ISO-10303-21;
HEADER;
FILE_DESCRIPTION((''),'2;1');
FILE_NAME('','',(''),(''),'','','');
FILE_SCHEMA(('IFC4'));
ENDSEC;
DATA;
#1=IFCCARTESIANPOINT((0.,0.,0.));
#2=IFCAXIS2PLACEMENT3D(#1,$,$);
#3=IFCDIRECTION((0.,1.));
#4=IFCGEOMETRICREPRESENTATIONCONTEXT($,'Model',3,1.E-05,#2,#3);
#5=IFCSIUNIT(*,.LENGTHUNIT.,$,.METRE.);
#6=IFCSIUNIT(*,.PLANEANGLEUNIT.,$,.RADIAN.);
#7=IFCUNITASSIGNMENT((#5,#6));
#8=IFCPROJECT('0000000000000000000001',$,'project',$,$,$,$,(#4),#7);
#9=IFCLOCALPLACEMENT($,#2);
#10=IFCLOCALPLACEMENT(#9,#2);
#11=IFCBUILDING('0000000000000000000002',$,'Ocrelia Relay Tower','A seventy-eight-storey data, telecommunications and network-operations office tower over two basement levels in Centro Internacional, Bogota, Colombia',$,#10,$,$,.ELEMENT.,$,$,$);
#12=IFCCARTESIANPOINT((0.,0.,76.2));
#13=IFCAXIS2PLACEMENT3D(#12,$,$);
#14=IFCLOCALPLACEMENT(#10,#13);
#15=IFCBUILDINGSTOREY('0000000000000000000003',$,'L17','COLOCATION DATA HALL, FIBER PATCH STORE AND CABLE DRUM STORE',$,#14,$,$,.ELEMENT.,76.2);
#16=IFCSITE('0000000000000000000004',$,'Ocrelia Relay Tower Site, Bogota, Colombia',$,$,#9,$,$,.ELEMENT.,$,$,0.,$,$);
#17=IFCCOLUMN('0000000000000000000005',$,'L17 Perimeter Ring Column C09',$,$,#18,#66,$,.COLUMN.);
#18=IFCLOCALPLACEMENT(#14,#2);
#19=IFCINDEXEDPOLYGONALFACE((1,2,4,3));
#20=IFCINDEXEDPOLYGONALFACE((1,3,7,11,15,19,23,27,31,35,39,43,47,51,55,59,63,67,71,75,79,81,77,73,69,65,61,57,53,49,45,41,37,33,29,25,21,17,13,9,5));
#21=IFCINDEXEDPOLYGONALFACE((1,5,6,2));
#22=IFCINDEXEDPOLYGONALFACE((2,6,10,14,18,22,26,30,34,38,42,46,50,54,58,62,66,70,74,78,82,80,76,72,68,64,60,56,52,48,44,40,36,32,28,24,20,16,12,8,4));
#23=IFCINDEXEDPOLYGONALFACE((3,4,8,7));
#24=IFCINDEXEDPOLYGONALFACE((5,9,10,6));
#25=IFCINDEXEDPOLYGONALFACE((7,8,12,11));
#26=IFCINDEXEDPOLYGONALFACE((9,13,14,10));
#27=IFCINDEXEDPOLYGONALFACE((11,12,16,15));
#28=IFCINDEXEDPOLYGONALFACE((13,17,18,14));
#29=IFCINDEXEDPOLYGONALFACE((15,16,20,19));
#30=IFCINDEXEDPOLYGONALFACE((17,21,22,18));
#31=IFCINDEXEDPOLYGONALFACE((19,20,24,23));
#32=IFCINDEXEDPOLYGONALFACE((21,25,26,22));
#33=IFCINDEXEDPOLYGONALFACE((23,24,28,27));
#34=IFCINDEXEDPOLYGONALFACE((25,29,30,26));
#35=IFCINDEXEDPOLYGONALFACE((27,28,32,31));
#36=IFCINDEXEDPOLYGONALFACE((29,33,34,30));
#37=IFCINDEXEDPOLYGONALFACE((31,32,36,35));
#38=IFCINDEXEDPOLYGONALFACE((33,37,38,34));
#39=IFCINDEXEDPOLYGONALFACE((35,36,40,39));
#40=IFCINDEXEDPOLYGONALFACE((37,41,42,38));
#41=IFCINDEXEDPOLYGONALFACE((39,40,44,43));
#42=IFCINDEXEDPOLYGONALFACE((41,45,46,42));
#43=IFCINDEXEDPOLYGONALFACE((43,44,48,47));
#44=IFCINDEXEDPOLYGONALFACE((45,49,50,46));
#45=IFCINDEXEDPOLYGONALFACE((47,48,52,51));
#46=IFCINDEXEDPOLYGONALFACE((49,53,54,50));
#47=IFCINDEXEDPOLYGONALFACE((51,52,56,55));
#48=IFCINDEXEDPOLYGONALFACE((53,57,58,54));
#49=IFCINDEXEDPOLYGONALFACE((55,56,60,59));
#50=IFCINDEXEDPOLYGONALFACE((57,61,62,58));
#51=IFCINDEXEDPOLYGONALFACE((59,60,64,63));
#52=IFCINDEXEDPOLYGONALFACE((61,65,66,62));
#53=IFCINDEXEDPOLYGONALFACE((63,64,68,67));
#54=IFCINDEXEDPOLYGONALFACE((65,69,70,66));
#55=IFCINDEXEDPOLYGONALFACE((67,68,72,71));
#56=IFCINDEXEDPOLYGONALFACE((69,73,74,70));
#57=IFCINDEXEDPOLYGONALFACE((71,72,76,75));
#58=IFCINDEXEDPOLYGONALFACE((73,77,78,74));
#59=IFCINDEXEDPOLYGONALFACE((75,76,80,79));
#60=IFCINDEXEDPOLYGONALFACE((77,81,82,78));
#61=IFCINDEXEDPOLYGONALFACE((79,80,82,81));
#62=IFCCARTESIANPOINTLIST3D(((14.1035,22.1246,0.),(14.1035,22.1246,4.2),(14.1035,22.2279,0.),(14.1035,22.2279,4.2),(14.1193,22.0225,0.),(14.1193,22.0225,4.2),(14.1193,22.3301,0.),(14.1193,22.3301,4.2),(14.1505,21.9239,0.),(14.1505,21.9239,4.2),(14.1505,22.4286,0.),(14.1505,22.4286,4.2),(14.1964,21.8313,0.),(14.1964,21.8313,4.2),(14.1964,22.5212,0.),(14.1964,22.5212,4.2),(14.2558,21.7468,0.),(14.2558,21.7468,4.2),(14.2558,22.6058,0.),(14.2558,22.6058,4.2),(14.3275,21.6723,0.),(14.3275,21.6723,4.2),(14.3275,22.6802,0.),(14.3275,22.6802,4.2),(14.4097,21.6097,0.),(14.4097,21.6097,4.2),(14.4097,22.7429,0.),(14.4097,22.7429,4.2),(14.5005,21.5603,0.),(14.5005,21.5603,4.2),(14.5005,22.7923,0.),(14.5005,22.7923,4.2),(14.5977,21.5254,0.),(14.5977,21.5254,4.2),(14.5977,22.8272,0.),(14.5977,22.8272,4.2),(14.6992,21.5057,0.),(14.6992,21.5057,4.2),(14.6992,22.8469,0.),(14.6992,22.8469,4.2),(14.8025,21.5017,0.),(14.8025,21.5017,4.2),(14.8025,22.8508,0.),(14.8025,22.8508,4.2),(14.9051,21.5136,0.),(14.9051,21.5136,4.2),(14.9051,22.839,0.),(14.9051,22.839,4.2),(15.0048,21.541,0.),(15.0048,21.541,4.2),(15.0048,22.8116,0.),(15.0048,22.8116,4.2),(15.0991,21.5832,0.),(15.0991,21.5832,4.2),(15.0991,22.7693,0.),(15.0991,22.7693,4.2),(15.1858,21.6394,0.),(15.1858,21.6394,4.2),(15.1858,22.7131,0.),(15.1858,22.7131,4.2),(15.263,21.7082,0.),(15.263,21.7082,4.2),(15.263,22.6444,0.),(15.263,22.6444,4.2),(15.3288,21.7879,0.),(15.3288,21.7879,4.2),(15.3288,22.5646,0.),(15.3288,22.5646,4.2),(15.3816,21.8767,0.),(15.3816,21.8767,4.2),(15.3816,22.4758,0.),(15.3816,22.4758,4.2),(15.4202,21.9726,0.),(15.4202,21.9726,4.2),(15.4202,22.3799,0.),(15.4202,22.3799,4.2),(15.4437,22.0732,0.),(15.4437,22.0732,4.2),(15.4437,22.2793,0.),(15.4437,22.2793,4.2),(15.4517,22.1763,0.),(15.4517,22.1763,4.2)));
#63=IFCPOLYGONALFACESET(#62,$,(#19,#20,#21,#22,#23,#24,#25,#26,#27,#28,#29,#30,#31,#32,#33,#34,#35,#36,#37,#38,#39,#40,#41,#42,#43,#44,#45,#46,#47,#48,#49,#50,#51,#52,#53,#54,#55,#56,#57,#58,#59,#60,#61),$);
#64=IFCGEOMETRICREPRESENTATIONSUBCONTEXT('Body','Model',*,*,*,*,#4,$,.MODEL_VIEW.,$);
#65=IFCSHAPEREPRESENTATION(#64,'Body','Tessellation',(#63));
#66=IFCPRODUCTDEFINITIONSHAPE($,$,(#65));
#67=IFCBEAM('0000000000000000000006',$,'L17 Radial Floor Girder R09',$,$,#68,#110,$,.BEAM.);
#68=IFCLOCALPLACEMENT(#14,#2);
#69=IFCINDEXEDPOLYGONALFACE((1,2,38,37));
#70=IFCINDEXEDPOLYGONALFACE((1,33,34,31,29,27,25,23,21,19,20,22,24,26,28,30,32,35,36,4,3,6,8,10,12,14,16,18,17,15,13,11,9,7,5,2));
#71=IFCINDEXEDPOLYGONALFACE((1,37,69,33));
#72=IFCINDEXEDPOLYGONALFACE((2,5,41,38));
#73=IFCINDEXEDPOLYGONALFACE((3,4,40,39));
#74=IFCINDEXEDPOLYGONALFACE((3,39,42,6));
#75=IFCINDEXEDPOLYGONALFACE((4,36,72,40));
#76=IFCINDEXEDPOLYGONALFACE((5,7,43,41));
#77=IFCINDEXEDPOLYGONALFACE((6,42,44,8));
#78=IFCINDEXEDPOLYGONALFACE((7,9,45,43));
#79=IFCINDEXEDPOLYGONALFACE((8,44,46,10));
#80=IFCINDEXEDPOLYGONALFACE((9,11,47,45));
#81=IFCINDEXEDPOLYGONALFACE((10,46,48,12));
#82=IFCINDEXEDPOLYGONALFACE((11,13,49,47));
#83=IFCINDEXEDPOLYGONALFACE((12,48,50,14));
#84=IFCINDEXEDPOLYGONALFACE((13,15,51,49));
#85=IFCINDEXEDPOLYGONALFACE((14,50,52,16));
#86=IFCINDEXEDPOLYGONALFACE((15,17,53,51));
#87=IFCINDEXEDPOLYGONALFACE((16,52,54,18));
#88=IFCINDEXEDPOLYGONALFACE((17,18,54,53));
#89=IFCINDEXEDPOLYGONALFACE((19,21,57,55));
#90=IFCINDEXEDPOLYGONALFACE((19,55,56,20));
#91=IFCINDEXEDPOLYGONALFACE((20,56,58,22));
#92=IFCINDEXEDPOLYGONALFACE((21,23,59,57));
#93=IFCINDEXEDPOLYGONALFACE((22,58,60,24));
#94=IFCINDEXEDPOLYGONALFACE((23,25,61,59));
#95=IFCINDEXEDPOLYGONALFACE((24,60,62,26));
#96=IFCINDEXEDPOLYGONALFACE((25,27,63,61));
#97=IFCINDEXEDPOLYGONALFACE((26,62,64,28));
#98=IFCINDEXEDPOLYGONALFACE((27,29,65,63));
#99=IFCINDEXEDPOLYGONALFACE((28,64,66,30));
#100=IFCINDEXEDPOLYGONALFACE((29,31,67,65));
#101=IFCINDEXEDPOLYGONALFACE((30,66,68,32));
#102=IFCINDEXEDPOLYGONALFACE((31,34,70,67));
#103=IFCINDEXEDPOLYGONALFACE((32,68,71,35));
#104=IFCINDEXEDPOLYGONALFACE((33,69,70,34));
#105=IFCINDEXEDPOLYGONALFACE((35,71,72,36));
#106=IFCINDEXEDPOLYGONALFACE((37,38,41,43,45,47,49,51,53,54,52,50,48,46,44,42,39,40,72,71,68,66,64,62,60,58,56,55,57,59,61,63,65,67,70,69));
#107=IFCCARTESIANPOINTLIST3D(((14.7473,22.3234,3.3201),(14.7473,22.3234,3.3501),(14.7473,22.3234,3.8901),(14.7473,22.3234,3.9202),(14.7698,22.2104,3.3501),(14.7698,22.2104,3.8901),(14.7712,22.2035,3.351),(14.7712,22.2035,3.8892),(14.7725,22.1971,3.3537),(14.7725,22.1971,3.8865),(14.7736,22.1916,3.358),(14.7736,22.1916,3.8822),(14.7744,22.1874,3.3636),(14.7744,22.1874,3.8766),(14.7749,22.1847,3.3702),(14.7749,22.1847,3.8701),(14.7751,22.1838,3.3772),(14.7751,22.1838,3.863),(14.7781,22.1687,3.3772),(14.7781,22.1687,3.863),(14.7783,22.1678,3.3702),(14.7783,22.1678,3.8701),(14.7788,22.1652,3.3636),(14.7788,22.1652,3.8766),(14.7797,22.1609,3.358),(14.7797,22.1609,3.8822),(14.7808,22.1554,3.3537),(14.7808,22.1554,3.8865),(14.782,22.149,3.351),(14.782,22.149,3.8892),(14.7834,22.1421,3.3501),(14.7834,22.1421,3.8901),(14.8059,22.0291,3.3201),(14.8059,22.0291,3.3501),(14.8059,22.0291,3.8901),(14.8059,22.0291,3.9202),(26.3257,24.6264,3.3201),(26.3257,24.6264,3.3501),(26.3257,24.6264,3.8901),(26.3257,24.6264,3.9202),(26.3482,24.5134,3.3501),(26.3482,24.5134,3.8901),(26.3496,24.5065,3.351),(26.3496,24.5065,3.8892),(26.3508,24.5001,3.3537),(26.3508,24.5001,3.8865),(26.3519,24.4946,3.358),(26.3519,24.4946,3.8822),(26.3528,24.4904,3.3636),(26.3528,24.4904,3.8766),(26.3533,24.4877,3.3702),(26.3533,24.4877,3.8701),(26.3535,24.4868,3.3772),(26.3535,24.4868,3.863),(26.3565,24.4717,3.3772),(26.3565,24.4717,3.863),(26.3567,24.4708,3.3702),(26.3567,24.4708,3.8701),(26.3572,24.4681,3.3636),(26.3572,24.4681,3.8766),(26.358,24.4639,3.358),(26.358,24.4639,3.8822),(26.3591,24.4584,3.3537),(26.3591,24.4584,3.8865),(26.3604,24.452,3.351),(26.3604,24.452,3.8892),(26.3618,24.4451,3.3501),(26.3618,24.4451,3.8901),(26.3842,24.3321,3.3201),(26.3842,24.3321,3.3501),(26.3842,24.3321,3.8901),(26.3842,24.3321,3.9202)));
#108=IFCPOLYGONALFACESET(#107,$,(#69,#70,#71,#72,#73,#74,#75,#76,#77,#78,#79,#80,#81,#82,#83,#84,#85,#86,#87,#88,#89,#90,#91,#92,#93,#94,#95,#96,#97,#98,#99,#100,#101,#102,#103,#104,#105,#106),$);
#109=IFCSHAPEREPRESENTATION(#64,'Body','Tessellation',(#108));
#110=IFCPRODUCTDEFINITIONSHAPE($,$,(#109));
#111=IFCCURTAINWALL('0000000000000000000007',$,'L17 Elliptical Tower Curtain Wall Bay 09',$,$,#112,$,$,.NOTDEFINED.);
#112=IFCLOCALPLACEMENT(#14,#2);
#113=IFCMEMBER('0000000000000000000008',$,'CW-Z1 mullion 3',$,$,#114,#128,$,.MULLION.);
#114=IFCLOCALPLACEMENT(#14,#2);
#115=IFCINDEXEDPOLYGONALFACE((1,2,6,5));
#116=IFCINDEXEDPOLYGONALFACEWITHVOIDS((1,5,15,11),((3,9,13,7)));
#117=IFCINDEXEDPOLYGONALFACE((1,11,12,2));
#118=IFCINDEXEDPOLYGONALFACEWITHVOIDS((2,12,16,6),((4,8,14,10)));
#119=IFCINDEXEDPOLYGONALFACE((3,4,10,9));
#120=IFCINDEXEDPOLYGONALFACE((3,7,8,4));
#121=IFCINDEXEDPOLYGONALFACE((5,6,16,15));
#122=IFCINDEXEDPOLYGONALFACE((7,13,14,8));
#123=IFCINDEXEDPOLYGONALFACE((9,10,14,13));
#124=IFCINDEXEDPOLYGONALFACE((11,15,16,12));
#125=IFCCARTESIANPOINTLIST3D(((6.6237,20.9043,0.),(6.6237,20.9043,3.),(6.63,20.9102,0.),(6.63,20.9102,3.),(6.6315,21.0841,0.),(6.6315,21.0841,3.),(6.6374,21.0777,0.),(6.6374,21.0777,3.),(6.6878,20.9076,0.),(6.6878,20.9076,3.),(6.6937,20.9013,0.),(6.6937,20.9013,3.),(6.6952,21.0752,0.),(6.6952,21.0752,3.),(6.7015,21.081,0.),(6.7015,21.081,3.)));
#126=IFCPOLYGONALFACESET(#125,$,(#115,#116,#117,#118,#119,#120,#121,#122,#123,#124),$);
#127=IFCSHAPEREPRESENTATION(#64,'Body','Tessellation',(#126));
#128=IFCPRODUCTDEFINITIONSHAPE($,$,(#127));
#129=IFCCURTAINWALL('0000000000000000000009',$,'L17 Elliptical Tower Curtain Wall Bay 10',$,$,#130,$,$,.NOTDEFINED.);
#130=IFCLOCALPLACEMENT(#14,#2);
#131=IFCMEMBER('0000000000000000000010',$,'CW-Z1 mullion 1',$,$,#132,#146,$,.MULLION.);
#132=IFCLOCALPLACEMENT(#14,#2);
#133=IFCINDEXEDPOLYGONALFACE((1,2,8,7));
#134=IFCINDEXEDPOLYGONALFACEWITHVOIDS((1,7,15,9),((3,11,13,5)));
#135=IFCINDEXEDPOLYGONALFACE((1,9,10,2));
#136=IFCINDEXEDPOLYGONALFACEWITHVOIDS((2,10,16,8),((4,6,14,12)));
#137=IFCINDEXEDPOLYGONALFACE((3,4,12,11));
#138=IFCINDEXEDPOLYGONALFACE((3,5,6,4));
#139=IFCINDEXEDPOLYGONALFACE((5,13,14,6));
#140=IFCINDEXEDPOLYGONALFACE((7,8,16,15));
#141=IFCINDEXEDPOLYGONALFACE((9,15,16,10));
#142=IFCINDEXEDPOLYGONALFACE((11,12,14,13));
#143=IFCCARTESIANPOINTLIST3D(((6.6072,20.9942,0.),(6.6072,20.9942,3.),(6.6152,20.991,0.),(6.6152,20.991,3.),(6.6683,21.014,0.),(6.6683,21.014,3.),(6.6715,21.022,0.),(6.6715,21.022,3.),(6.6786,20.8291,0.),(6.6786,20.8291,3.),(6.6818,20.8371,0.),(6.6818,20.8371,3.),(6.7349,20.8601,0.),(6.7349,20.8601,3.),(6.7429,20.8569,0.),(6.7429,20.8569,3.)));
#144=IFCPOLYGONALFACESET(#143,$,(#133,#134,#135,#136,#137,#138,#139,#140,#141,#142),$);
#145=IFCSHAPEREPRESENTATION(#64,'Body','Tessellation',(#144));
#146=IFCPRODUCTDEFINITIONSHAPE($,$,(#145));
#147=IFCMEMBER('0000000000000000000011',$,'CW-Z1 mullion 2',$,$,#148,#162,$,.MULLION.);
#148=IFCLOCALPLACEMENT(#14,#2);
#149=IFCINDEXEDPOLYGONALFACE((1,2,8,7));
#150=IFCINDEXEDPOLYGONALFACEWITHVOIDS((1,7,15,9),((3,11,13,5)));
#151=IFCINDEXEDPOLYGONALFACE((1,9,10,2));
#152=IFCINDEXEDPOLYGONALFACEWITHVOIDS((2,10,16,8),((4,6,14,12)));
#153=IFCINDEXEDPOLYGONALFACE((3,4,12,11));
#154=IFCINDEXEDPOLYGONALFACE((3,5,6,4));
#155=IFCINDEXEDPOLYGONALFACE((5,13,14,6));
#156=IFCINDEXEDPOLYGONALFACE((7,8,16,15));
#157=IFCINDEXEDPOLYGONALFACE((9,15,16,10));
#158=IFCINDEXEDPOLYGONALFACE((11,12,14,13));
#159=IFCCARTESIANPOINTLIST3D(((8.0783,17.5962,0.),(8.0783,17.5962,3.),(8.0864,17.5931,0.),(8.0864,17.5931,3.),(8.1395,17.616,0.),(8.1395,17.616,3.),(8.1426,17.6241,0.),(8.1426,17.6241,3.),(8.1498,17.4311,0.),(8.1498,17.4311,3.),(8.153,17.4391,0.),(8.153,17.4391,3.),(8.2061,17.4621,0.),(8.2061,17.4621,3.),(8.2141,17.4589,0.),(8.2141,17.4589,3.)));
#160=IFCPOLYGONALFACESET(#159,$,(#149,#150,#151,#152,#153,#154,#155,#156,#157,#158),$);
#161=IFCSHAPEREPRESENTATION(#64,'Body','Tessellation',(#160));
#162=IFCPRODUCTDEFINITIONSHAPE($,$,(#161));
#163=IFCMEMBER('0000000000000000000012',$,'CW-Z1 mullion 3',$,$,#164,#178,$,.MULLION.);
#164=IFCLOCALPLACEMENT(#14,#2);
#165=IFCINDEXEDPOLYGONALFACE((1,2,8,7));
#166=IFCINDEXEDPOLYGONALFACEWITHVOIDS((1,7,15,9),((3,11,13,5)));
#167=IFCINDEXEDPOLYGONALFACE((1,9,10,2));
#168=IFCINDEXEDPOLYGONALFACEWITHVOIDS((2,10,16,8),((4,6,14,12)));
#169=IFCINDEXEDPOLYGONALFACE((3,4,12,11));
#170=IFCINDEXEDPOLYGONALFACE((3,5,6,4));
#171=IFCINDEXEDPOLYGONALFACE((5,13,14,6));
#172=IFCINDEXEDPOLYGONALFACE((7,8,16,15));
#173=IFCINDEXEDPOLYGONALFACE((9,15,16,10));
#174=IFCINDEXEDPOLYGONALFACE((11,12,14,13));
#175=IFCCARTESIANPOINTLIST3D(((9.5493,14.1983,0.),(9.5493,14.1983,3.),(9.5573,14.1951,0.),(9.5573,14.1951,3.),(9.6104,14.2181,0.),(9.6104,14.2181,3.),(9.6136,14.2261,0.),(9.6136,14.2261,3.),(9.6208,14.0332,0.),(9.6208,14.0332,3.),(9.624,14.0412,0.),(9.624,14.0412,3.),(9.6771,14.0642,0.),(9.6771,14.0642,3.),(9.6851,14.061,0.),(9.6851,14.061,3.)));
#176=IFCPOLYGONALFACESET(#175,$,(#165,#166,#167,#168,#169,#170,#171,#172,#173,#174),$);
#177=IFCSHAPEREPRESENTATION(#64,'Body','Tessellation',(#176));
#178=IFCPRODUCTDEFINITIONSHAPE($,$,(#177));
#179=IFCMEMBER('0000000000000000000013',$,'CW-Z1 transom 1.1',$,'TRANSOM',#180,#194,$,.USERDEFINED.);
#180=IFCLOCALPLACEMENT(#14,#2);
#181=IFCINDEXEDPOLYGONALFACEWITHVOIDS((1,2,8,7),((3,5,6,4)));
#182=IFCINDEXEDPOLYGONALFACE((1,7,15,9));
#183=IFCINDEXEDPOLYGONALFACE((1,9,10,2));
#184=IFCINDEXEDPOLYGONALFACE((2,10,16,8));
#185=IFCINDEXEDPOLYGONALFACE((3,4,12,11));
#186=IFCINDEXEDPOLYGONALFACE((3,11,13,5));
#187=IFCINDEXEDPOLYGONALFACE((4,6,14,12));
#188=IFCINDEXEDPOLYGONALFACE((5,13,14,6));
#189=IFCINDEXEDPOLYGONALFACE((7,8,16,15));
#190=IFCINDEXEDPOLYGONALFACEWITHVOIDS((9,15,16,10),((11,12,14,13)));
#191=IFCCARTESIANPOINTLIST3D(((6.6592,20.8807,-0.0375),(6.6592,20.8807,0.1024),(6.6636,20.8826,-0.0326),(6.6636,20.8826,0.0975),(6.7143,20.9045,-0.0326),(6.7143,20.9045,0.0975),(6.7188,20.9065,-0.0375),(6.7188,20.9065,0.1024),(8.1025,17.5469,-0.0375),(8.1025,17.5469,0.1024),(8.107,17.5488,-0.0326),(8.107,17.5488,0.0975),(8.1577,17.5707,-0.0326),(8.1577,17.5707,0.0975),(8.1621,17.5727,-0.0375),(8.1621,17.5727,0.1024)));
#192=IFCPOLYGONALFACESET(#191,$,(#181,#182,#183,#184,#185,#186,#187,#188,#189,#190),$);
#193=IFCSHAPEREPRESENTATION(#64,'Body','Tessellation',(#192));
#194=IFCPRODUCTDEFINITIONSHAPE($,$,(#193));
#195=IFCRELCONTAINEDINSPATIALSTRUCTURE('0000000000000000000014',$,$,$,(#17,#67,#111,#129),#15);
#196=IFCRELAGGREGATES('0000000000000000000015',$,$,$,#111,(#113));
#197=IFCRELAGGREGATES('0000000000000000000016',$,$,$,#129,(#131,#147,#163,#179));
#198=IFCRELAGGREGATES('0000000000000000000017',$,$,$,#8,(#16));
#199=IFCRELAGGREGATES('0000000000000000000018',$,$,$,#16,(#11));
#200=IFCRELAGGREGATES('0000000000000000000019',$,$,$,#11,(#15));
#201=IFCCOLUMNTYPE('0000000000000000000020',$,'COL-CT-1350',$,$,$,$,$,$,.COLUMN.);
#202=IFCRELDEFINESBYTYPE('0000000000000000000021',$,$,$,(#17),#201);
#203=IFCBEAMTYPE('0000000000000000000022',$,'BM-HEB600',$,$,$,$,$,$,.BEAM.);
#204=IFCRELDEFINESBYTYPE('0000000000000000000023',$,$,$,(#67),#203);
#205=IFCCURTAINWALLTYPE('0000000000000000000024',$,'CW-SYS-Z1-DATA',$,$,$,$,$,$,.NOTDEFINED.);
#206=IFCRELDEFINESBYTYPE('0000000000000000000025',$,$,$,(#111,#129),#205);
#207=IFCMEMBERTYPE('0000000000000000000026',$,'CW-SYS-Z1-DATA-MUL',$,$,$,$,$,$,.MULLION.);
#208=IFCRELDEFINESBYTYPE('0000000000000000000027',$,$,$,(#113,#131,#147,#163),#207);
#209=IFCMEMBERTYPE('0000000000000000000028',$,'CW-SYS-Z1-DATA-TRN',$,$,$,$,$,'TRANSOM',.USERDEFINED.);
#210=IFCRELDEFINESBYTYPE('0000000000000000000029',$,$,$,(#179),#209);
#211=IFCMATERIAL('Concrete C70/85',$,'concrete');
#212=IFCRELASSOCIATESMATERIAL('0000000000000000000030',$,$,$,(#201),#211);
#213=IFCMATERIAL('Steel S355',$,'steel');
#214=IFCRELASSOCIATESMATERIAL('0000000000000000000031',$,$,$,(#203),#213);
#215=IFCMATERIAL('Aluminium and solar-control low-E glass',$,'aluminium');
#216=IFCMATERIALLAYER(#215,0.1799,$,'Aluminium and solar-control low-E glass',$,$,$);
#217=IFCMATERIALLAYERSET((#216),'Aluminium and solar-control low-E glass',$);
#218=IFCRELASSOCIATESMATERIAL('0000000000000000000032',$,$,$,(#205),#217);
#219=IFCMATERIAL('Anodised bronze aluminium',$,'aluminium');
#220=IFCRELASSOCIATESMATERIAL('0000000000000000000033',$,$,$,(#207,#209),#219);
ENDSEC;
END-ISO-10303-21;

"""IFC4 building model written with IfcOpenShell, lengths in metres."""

from ifc_helpers import new_model, si_unit, direction, frame, origin, origin_2d, place, context, subcontext, project, spatial, hollow_rectangle, circle, i_section, extrude, material, layer, layer_set, material_profile, profile_set, type_object, element, aggregate, save


model = new_model("IFC4")

# Units and contexts
model_context = context("Model", 3, precision=1e-05, world=origin(), true_north=direction((0.0, 1.0)))
body_context = subcontext(model_context, "Body", "Model", "MODEL_VIEW")
ifc_project = project(units=[si_unit("LENGTHUNIT", "METRE"), si_unit("PLANEANGLEUNIT", "RADIAN")], contexts=[model_context])

# Site, building, storey
site_placement = place(None, origin())
site = spatial("IfcSite", under=ifc_project, at=site_placement, Name="Ocrelia Relay Tower Site, Bogota, Colombia", CompositionType="ELEMENT", RefElevation=0.0)
building_placement = place(site_placement, origin())
building = spatial("IfcBuilding", under=site, at=building_placement, Name="Ocrelia Relay Tower", Description="A seventy-eight-storey data, telecommunications and network-operations office tower over two basement levels in Centro Internacional, Bogota, Colombia", CompositionType="ELEMENT")
storey_placement = place(building_placement, frame((0.0, 0.0, 76.2)))
storey = spatial("IfcBuildingStorey", under=building, at=storey_placement, Name="L17", Description="COLOCATION DATA HALL, FIBER PATCH STORE AND CABLE DRUM STORE", CompositionType="ELEMENT", Elevation=76.2)

# Column
ifc_material_1 = material(Name="Concrete C70/85", Category="concrete")
ifc_material_profile_1 = material_profile(ifc_material_1, circle(Radius=0.675, at=origin_2d()), Name="RC-CIR-1350")
ifc_profile_set_1 = profile_set([ifc_material_profile_1], Name="Concrete C70/85")
column_type = type_object("IfcColumnType", Name="COL-CT-1350", PredefinedType="COLUMN", material=ifc_profile_set_1)
column_placement = place(storey_placement, frame((14.7766, 22.1763, 0.0), z_axis=(0.0, 0.0, 1.0), x_axis=(1.0, 0.0, 0.0)))
element("IfcColumn", 1, at=column_placement, inside=storey, type_object=column_type, Name="L17 Perimeter Ring Column C09", PredefinedType="COLUMN", context=body_context, shape_type="SweptSolid", body=[
    extrude(circle(Radius=0.675, at=origin_2d()), origin(), (0.0, 0.0, 1.0), 4.2),
])

# Beam
ifc_material_2 = material(Name="Steel S355", Category="steel")
ifc_material_profile_2 = material_profile(ifc_material_2, i_section(OverallWidth=0.3, OverallDepth=0.6001, WebThickness=0.0154, FlangeThickness=0.03, FilletRadius=0.0271, at=origin_2d()), Name="HEB 600")
ifc_profile_set_2 = profile_set([ifc_material_profile_2], Name="Steel S355")
beam_type = type_object("IfcBeamType", Name="BM-HEB600", PredefinedType="BEAM", material=ifc_profile_set_2)
beam_placement = place(storey_placement, frame((14.7766, 22.1763, 3.6201), z_axis=(0.980787, 0.195082, 0.0), x_axis=(-0.195082, 0.980787, 0.0)))
element("IfcBeam", 2, at=beam_placement, inside=storey, type_object=beam_type, Name="L17 Radial Floor Girder R09", PredefinedType="BEAM", context=body_context, shape_type="SweptSolid", body=[
    extrude(i_section(OverallWidth=0.3, OverallDepth=0.6001, WebThickness=0.0154, FlangeThickness=0.03, FilletRadius=0.0271, at=origin_2d()), origin(), (0.0, 0.0, 1.0), 11.8052),
])

# Curtain wall, member
ifc_material_3 = material(Name="Aluminium and solar-control low-E glass", Category="aluminium")
ifc_layer_1 = layer(ifc_material_3, 0.1799, Name="Aluminium and solar-control low-E glass")
ifc_layer_set_1 = layer_set([ifc_layer_1], Name="Aluminium and solar-control low-E glass")
curtain_wall_type = type_object("IfcCurtainWallType", Name="CW-SYS-Z1-DATA", PredefinedType="NOTDEFINED", material=ifc_layer_set_1)
curtain_wall_1_placement = place(storey_placement, origin())
curtain_wall_1 = element("IfcCurtainWall", 3, at=curtain_wall_1_placement, inside=storey, type_object=curtain_wall_type, Name="L17 Elliptical Tower Curtain Wall Bay 09", PredefinedType="NOTDEFINED")
ifc_material_4 = material(Name="Anodised bronze aluminium", Category="aluminium")
ifc_material_profile_3 = material_profile(ifc_material_4, hollow_rectangle(XDim=0.0701, YDim=0.1799, WallThickness=0.0061, at=origin_2d()), Name="CW-MUL-180x70")
ifc_profile_set_3 = profile_set([ifc_material_profile_3], Name="Anodised bronze aluminium")
member_type_1 = type_object("IfcMemberType", Name="CW-SYS-Z1-DATA-MUL", PredefinedType="MULLION", material=ifc_profile_set_3)
member_1_placement = place(storey_placement, frame((6.6626, 20.9927, 0.0), z_axis=(0.0, 0.0, 1.0), x_axis=(0.99904, -0.043797, 0.0)))
member_1 = element("IfcMember", 4, at=member_1_placement, type_object=member_type_1, Name="CW-Z1 mullion 3", PredefinedType="MULLION", context=body_context, shape_type="SweptSolid", body=[
    extrude(hollow_rectangle(XDim=0.0701, YDim=0.1799, WallThickness=0.0061, at=origin_2d()), origin(), (0.0, 0.0, 1.0), 3.0),
])

# Curtain wall, members
curtain_wall_2_placement = place(storey_placement, origin())
curtain_wall_2 = element("IfcCurtainWall", 5, at=curtain_wall_2_placement, inside=storey, type_object=curtain_wall_type, Name="L17 Elliptical Tower Curtain Wall Bay 10", PredefinedType="NOTDEFINED")
member_2_placement = place(storey_placement, frame((6.675, 20.9255, 0.0), z_axis=(0.0, 0.0, 1.0), x_axis=(0.917683, 0.397313, 0.0)))
member_2 = element("IfcMember", 6, at=member_2_placement, type_object=member_type_1, Name="CW-Z1 mullion 1", PredefinedType="MULLION", context=body_context, shape_type="SweptSolid", body=[
    extrude(hollow_rectangle(XDim=0.0701, YDim=0.1799, WallThickness=0.0061, at=origin_2d()), origin(), (0.0, 0.0, 1.0), 3.0),
])
member_3_placement = place(storey_placement, frame((8.1462, 17.5276, 0.0), z_axis=(0.0, 0.0, 1.0), x_axis=(0.917683, 0.397313, 0.0)))
member_3 = element("IfcMember", 7, at=member_3_placement, type_object=member_type_1, Name="CW-Z1 mullion 2", PredefinedType="MULLION", context=body_context, shape_type="SweptSolid", body=[
    extrude(hollow_rectangle(XDim=0.0701, YDim=0.1799, WallThickness=0.0061, at=origin_2d()), origin(), (0.0, 0.0, 1.0), 3.0),
])
member_4_placement = place(storey_placement, frame((9.6172, 14.1296, 0.0), z_axis=(0.0, 0.0, 1.0), x_axis=(0.917683, 0.397313, 0.0)))
member_4 = element("IfcMember", 8, at=member_4_placement, type_object=member_type_1, Name="CW-Z1 mullion 3", PredefinedType="MULLION", context=body_context, shape_type="SweptSolid", body=[
    extrude(hollow_rectangle(XDim=0.0701, YDim=0.1799, WallThickness=0.0061, at=origin_2d()), origin(), (0.0, 0.0, 1.0), 3.0),
])
ifc_material_profile_4 = material_profile(ifc_material_4, hollow_rectangle(XDim=0.0649, YDim=0.1399, WallThickness=0.0049, at=origin_2d()), Name="CW-TRN-140x65")
ifc_profile_set_4 = profile_set([ifc_material_profile_4], Name="Anodised bronze aluminium")
member_type_2 = type_object("IfcMemberType", Name="CW-SYS-Z1-DATA-TRN", ElementType="TRANSOM", PredefinedType="USERDEFINED", material=ifc_profile_set_4)
member_5_placement = place(storey_placement, frame((6.689, 20.8936, 0.0325), z_axis=(0.397315, -0.917682, 0.0), x_axis=(0.917682, 0.397315, 0.0)))
member_5 = element("IfcMember", 9, at=member_5_placement, type_object=member_type_2, Name="CW-Z1 transom 1.1", ObjectType="TRANSOM", PredefinedType="USERDEFINED", context=body_context, shape_type="SweptSolid", body=[
    extrude(hollow_rectangle(XDim=0.0649, YDim=0.1399, WallThickness=0.0049, at=origin_2d()), origin(), (0.0, 0.0, 1.0), 3.6328),
])

aggregate(curtain_wall_1, [member_1])
aggregate(curtain_wall_2, [member_2, member_3, member_4, member_5])

save(model, "model.ifc")
